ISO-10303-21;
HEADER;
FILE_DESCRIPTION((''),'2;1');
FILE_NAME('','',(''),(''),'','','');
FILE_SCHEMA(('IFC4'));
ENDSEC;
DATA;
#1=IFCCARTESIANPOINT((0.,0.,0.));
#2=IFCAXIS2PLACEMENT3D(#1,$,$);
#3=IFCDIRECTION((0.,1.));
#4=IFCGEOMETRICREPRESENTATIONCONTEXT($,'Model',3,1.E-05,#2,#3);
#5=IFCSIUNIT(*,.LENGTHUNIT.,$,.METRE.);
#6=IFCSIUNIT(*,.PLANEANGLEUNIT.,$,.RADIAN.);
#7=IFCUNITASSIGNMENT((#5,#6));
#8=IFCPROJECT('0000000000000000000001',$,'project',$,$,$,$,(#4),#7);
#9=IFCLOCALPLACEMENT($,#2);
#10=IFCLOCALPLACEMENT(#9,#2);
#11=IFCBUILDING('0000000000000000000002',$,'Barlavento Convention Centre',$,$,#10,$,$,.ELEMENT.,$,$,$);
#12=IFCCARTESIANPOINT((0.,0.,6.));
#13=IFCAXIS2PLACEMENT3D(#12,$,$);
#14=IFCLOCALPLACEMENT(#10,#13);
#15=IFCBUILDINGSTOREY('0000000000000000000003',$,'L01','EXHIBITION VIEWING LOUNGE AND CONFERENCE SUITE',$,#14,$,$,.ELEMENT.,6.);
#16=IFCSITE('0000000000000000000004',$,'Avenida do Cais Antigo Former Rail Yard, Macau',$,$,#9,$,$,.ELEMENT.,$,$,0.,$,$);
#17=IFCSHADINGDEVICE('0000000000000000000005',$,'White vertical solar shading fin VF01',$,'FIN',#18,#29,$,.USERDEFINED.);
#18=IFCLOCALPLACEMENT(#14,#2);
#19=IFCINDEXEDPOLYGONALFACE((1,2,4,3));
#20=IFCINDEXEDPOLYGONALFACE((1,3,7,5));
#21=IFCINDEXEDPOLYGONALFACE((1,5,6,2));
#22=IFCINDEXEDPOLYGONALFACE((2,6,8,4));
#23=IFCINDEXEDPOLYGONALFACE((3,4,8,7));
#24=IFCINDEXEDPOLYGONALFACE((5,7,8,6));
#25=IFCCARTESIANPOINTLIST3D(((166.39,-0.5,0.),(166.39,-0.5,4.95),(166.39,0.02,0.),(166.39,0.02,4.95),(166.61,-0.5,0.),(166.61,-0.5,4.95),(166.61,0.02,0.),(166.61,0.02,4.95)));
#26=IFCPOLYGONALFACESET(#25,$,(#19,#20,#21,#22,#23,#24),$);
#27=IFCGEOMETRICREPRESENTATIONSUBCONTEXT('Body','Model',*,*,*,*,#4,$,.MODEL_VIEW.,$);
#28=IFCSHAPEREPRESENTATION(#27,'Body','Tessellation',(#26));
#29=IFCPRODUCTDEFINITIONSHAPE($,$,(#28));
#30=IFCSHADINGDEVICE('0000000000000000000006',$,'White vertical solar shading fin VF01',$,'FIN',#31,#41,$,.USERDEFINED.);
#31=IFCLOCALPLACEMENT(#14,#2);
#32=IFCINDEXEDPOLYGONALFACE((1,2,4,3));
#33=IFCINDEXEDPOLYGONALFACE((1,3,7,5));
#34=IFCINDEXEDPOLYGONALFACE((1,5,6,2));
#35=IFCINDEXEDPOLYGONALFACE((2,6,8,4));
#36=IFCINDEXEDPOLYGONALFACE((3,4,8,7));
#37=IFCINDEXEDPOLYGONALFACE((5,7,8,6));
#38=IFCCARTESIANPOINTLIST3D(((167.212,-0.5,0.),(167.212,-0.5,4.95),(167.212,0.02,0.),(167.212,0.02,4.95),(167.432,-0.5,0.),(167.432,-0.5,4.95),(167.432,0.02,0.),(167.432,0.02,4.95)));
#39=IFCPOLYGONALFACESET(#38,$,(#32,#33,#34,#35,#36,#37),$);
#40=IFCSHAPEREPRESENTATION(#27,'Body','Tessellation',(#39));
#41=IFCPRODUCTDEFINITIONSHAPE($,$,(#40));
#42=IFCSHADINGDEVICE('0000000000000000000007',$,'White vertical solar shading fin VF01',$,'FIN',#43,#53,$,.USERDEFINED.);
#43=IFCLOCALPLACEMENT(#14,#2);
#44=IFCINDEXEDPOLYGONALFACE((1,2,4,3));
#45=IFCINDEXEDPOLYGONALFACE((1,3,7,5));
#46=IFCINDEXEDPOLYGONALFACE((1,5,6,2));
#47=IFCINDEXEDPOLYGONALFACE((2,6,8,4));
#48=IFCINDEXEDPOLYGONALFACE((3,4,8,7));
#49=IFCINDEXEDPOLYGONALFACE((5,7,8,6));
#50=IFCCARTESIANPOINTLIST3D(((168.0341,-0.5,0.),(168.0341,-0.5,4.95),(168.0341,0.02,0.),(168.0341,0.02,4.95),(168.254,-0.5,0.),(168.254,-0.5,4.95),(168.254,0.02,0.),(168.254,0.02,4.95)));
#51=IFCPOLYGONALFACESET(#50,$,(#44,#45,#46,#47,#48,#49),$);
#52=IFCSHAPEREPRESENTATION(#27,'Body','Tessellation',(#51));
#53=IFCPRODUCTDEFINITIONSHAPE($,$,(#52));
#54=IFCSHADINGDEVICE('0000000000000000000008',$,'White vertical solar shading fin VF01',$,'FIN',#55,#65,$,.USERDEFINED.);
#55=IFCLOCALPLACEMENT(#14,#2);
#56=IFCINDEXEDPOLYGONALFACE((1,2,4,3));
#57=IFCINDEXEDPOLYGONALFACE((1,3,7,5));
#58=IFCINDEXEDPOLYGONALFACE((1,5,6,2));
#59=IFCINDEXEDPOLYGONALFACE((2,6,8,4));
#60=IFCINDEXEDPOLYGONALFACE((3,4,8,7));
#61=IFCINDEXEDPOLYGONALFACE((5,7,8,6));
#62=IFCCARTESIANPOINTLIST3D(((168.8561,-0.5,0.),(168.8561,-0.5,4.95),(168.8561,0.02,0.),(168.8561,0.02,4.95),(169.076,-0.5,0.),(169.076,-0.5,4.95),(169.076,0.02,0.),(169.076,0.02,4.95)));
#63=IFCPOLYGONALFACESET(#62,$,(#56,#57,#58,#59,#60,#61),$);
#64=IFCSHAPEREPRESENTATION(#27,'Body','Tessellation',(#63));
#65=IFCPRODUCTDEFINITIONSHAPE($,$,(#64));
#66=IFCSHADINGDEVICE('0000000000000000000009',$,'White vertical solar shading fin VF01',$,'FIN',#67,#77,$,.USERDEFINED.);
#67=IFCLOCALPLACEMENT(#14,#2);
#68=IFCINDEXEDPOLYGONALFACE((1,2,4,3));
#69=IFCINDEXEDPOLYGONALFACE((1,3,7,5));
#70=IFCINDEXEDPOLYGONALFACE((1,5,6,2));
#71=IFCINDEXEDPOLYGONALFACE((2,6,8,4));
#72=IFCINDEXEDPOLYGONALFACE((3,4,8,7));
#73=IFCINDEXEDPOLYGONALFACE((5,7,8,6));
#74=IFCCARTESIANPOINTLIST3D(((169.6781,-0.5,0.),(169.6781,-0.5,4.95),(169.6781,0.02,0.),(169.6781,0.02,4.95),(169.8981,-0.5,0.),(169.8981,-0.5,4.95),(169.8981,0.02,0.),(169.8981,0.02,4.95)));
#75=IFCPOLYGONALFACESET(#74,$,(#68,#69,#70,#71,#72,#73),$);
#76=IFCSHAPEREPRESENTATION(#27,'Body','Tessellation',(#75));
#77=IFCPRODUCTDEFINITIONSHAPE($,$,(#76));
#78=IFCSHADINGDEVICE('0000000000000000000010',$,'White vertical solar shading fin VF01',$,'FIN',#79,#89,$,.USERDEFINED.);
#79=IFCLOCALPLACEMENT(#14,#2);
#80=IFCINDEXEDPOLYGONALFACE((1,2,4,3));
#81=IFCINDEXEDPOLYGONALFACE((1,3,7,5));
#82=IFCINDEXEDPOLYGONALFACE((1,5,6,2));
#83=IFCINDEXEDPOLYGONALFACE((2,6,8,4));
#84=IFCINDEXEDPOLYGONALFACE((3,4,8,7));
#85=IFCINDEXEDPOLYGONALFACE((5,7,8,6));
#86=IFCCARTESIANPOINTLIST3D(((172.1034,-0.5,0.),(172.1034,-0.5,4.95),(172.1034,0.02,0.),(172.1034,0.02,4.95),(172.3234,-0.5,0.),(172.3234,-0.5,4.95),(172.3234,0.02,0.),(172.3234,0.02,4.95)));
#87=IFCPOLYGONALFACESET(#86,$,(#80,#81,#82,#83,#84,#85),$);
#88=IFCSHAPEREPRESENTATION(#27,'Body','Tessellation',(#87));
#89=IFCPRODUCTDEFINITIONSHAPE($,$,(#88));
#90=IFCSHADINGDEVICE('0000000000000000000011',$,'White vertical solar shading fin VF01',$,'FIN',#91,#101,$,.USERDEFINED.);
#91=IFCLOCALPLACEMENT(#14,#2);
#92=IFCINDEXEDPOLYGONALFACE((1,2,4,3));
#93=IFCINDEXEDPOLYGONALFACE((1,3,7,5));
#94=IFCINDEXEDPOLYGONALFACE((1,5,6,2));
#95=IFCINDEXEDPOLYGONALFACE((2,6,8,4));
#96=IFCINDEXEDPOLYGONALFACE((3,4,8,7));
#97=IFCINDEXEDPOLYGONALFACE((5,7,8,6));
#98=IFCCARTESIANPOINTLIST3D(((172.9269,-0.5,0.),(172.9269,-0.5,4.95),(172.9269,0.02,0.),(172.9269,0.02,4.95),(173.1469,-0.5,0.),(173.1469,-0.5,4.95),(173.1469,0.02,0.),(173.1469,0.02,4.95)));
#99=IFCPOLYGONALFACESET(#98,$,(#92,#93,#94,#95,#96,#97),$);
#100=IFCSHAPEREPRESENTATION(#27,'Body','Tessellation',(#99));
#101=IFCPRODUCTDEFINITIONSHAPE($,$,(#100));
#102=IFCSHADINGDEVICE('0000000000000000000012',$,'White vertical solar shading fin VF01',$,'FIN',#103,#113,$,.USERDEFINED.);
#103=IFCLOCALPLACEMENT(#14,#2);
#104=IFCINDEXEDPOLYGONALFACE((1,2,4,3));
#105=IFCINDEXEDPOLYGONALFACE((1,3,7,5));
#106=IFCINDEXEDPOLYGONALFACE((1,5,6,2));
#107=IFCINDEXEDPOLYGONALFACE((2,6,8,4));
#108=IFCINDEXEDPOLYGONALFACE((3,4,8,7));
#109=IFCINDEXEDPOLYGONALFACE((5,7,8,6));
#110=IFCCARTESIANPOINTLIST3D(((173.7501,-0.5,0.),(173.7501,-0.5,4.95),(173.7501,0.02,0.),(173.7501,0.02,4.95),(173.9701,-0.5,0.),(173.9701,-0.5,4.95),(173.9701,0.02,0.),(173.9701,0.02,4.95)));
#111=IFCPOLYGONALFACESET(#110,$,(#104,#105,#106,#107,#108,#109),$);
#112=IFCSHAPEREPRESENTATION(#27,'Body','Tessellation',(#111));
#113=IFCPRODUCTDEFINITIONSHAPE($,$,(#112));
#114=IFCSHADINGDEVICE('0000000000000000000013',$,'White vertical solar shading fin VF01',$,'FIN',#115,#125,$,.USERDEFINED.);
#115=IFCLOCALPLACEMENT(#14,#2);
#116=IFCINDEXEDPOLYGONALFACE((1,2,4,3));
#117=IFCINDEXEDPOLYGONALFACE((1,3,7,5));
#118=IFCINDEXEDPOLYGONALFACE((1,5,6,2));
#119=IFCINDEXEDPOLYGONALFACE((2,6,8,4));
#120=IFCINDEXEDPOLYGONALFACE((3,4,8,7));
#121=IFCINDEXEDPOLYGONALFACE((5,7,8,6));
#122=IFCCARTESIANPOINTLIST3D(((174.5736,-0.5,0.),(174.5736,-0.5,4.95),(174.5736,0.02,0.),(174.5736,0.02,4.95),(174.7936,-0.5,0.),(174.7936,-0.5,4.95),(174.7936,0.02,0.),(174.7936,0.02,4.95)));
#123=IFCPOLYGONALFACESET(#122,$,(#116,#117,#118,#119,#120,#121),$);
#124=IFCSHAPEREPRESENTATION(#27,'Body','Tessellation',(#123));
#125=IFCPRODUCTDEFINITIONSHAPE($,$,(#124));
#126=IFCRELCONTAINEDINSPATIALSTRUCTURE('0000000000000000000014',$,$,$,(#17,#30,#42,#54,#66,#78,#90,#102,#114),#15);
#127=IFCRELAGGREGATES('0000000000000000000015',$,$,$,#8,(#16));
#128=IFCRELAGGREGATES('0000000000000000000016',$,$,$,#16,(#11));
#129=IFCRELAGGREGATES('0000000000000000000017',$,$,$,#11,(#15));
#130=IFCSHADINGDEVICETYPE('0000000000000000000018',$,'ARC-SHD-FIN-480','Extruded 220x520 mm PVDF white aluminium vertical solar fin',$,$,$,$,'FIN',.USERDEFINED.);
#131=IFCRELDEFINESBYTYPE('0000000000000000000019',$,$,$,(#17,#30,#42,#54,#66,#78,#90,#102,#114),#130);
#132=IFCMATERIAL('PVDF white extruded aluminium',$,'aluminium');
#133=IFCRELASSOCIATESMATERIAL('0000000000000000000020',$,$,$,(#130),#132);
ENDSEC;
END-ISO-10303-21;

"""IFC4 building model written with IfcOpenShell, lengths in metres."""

from ifc_helpers import new_model, si_unit, direction, frame, origin, origin_2d, place, context, subcontext, project, spatial, rectangle, extrude, material, type_object, element, save


model = new_model("IFC4")

# Units and contexts
model_context = context("Model", 3, precision=1e-05, world=origin(), true_north=direction((0.0, 1.0)))
body_context = subcontext(model_context, "Body", "Model", "MODEL_VIEW")
ifc_project = project(units=[si_unit("LENGTHUNIT", "METRE"), si_unit("PLANEANGLEUNIT", "RADIAN")], contexts=[model_context])

# Site, building, storey
site_placement = place(None, origin())
site = spatial("IfcSite", under=ifc_project, at=site_placement, Name="Avenida do Cais Antigo Former Rail Yard, Macau", CompositionType="ELEMENT", RefElevation=0.0)
building_placement = place(site_placement, origin())
building = spatial("IfcBuilding", under=site, at=building_placement, Name="Barlavento Convention Centre", CompositionType="ELEMENT")
storey_placement = place(building_placement, frame((0.0, 0.0, 6.0)))
storey = spatial("IfcBuildingStorey", under=building, at=storey_placement, Name="L01", Description="EXHIBITION VIEWING LOUNGE AND CONFERENCE SUITE", CompositionType="ELEMENT", Elevation=6.0)

# Shading devices
ifc_material_1 = material(Name="PVDF white extruded aluminium", Category="aluminium")
shading_device_type = type_object("IfcShadingDeviceType", Name="ARC-SHD-FIN-480", Description="Extruded 220x520 mm PVDF white aluminium vertical solar fin", ElementType="FIN", PredefinedType="USERDEFINED", material=ifc_material_1)
for number, where, z_axis, x_axis, name in (
    (1, (166.5, -0.24, 0.0), (0.0, 0.0, 1.0), (1.0, 0.0, 0.0), "White vertical solar shading fin VF01"),
    (2, (167.322, -0.24, 0.0), (0.0, 0.0, 1.0), (1.0, 0.0, 0.0), "White vertical solar shading fin VF01"),
    (3, (168.144, -0.24, 0.0), (0.0, 0.0, 1.0), (1.0, 0.0, 0.0), "White vertical solar shading fin VF01"),
    (4, (168.9661, -0.24, 0.0), (0.0, 0.0, 1.0), (1.0, 0.0, 0.0), "White vertical solar shading fin VF01"),
    (5, (169.7881, -0.24, 0.0), (0.0, 0.0, 1.0), (1.0, 0.0, 0.0), "White vertical solar shading fin VF01"),
    (6, (172.2134, -0.24, 0.0), (0.0, 0.0, 1.0), (1.0, 0.0, 0.0), "White vertical solar shading fin VF01"),
    (7, (173.0369, -0.24, 0.0), (0.0, 0.0, 1.0), (1.0, 0.0, 0.0), "White vertical solar shading fin VF01"),
    (8, (173.8601, -0.24, 0.0), (0.0, 0.0, 1.0), (1.0, 0.0, 0.0), "White vertical solar shading fin VF01"),
    (9, (174.6836, -0.24, 0.0), (0.0, 0.0, 1.0), (1.0, 0.0, 0.0), "White vertical solar shading fin VF01"),
):
    element("IfcShadingDevice", number, at=place(storey_placement, frame(where, z_axis=z_axis, x_axis=x_axis)), inside=storey, type_object=shading_device_type, Name=name, ObjectType="FIN", PredefinedType="USERDEFINED", context=body_context, shape_type="SweptSolid", body=[
        extrude(rectangle(XDim=0.22, YDim=0.52, at=origin_2d()), origin(), (0.0, 0.0, 1.0), 4.95),
    ])

save(model, "model.ifc")
